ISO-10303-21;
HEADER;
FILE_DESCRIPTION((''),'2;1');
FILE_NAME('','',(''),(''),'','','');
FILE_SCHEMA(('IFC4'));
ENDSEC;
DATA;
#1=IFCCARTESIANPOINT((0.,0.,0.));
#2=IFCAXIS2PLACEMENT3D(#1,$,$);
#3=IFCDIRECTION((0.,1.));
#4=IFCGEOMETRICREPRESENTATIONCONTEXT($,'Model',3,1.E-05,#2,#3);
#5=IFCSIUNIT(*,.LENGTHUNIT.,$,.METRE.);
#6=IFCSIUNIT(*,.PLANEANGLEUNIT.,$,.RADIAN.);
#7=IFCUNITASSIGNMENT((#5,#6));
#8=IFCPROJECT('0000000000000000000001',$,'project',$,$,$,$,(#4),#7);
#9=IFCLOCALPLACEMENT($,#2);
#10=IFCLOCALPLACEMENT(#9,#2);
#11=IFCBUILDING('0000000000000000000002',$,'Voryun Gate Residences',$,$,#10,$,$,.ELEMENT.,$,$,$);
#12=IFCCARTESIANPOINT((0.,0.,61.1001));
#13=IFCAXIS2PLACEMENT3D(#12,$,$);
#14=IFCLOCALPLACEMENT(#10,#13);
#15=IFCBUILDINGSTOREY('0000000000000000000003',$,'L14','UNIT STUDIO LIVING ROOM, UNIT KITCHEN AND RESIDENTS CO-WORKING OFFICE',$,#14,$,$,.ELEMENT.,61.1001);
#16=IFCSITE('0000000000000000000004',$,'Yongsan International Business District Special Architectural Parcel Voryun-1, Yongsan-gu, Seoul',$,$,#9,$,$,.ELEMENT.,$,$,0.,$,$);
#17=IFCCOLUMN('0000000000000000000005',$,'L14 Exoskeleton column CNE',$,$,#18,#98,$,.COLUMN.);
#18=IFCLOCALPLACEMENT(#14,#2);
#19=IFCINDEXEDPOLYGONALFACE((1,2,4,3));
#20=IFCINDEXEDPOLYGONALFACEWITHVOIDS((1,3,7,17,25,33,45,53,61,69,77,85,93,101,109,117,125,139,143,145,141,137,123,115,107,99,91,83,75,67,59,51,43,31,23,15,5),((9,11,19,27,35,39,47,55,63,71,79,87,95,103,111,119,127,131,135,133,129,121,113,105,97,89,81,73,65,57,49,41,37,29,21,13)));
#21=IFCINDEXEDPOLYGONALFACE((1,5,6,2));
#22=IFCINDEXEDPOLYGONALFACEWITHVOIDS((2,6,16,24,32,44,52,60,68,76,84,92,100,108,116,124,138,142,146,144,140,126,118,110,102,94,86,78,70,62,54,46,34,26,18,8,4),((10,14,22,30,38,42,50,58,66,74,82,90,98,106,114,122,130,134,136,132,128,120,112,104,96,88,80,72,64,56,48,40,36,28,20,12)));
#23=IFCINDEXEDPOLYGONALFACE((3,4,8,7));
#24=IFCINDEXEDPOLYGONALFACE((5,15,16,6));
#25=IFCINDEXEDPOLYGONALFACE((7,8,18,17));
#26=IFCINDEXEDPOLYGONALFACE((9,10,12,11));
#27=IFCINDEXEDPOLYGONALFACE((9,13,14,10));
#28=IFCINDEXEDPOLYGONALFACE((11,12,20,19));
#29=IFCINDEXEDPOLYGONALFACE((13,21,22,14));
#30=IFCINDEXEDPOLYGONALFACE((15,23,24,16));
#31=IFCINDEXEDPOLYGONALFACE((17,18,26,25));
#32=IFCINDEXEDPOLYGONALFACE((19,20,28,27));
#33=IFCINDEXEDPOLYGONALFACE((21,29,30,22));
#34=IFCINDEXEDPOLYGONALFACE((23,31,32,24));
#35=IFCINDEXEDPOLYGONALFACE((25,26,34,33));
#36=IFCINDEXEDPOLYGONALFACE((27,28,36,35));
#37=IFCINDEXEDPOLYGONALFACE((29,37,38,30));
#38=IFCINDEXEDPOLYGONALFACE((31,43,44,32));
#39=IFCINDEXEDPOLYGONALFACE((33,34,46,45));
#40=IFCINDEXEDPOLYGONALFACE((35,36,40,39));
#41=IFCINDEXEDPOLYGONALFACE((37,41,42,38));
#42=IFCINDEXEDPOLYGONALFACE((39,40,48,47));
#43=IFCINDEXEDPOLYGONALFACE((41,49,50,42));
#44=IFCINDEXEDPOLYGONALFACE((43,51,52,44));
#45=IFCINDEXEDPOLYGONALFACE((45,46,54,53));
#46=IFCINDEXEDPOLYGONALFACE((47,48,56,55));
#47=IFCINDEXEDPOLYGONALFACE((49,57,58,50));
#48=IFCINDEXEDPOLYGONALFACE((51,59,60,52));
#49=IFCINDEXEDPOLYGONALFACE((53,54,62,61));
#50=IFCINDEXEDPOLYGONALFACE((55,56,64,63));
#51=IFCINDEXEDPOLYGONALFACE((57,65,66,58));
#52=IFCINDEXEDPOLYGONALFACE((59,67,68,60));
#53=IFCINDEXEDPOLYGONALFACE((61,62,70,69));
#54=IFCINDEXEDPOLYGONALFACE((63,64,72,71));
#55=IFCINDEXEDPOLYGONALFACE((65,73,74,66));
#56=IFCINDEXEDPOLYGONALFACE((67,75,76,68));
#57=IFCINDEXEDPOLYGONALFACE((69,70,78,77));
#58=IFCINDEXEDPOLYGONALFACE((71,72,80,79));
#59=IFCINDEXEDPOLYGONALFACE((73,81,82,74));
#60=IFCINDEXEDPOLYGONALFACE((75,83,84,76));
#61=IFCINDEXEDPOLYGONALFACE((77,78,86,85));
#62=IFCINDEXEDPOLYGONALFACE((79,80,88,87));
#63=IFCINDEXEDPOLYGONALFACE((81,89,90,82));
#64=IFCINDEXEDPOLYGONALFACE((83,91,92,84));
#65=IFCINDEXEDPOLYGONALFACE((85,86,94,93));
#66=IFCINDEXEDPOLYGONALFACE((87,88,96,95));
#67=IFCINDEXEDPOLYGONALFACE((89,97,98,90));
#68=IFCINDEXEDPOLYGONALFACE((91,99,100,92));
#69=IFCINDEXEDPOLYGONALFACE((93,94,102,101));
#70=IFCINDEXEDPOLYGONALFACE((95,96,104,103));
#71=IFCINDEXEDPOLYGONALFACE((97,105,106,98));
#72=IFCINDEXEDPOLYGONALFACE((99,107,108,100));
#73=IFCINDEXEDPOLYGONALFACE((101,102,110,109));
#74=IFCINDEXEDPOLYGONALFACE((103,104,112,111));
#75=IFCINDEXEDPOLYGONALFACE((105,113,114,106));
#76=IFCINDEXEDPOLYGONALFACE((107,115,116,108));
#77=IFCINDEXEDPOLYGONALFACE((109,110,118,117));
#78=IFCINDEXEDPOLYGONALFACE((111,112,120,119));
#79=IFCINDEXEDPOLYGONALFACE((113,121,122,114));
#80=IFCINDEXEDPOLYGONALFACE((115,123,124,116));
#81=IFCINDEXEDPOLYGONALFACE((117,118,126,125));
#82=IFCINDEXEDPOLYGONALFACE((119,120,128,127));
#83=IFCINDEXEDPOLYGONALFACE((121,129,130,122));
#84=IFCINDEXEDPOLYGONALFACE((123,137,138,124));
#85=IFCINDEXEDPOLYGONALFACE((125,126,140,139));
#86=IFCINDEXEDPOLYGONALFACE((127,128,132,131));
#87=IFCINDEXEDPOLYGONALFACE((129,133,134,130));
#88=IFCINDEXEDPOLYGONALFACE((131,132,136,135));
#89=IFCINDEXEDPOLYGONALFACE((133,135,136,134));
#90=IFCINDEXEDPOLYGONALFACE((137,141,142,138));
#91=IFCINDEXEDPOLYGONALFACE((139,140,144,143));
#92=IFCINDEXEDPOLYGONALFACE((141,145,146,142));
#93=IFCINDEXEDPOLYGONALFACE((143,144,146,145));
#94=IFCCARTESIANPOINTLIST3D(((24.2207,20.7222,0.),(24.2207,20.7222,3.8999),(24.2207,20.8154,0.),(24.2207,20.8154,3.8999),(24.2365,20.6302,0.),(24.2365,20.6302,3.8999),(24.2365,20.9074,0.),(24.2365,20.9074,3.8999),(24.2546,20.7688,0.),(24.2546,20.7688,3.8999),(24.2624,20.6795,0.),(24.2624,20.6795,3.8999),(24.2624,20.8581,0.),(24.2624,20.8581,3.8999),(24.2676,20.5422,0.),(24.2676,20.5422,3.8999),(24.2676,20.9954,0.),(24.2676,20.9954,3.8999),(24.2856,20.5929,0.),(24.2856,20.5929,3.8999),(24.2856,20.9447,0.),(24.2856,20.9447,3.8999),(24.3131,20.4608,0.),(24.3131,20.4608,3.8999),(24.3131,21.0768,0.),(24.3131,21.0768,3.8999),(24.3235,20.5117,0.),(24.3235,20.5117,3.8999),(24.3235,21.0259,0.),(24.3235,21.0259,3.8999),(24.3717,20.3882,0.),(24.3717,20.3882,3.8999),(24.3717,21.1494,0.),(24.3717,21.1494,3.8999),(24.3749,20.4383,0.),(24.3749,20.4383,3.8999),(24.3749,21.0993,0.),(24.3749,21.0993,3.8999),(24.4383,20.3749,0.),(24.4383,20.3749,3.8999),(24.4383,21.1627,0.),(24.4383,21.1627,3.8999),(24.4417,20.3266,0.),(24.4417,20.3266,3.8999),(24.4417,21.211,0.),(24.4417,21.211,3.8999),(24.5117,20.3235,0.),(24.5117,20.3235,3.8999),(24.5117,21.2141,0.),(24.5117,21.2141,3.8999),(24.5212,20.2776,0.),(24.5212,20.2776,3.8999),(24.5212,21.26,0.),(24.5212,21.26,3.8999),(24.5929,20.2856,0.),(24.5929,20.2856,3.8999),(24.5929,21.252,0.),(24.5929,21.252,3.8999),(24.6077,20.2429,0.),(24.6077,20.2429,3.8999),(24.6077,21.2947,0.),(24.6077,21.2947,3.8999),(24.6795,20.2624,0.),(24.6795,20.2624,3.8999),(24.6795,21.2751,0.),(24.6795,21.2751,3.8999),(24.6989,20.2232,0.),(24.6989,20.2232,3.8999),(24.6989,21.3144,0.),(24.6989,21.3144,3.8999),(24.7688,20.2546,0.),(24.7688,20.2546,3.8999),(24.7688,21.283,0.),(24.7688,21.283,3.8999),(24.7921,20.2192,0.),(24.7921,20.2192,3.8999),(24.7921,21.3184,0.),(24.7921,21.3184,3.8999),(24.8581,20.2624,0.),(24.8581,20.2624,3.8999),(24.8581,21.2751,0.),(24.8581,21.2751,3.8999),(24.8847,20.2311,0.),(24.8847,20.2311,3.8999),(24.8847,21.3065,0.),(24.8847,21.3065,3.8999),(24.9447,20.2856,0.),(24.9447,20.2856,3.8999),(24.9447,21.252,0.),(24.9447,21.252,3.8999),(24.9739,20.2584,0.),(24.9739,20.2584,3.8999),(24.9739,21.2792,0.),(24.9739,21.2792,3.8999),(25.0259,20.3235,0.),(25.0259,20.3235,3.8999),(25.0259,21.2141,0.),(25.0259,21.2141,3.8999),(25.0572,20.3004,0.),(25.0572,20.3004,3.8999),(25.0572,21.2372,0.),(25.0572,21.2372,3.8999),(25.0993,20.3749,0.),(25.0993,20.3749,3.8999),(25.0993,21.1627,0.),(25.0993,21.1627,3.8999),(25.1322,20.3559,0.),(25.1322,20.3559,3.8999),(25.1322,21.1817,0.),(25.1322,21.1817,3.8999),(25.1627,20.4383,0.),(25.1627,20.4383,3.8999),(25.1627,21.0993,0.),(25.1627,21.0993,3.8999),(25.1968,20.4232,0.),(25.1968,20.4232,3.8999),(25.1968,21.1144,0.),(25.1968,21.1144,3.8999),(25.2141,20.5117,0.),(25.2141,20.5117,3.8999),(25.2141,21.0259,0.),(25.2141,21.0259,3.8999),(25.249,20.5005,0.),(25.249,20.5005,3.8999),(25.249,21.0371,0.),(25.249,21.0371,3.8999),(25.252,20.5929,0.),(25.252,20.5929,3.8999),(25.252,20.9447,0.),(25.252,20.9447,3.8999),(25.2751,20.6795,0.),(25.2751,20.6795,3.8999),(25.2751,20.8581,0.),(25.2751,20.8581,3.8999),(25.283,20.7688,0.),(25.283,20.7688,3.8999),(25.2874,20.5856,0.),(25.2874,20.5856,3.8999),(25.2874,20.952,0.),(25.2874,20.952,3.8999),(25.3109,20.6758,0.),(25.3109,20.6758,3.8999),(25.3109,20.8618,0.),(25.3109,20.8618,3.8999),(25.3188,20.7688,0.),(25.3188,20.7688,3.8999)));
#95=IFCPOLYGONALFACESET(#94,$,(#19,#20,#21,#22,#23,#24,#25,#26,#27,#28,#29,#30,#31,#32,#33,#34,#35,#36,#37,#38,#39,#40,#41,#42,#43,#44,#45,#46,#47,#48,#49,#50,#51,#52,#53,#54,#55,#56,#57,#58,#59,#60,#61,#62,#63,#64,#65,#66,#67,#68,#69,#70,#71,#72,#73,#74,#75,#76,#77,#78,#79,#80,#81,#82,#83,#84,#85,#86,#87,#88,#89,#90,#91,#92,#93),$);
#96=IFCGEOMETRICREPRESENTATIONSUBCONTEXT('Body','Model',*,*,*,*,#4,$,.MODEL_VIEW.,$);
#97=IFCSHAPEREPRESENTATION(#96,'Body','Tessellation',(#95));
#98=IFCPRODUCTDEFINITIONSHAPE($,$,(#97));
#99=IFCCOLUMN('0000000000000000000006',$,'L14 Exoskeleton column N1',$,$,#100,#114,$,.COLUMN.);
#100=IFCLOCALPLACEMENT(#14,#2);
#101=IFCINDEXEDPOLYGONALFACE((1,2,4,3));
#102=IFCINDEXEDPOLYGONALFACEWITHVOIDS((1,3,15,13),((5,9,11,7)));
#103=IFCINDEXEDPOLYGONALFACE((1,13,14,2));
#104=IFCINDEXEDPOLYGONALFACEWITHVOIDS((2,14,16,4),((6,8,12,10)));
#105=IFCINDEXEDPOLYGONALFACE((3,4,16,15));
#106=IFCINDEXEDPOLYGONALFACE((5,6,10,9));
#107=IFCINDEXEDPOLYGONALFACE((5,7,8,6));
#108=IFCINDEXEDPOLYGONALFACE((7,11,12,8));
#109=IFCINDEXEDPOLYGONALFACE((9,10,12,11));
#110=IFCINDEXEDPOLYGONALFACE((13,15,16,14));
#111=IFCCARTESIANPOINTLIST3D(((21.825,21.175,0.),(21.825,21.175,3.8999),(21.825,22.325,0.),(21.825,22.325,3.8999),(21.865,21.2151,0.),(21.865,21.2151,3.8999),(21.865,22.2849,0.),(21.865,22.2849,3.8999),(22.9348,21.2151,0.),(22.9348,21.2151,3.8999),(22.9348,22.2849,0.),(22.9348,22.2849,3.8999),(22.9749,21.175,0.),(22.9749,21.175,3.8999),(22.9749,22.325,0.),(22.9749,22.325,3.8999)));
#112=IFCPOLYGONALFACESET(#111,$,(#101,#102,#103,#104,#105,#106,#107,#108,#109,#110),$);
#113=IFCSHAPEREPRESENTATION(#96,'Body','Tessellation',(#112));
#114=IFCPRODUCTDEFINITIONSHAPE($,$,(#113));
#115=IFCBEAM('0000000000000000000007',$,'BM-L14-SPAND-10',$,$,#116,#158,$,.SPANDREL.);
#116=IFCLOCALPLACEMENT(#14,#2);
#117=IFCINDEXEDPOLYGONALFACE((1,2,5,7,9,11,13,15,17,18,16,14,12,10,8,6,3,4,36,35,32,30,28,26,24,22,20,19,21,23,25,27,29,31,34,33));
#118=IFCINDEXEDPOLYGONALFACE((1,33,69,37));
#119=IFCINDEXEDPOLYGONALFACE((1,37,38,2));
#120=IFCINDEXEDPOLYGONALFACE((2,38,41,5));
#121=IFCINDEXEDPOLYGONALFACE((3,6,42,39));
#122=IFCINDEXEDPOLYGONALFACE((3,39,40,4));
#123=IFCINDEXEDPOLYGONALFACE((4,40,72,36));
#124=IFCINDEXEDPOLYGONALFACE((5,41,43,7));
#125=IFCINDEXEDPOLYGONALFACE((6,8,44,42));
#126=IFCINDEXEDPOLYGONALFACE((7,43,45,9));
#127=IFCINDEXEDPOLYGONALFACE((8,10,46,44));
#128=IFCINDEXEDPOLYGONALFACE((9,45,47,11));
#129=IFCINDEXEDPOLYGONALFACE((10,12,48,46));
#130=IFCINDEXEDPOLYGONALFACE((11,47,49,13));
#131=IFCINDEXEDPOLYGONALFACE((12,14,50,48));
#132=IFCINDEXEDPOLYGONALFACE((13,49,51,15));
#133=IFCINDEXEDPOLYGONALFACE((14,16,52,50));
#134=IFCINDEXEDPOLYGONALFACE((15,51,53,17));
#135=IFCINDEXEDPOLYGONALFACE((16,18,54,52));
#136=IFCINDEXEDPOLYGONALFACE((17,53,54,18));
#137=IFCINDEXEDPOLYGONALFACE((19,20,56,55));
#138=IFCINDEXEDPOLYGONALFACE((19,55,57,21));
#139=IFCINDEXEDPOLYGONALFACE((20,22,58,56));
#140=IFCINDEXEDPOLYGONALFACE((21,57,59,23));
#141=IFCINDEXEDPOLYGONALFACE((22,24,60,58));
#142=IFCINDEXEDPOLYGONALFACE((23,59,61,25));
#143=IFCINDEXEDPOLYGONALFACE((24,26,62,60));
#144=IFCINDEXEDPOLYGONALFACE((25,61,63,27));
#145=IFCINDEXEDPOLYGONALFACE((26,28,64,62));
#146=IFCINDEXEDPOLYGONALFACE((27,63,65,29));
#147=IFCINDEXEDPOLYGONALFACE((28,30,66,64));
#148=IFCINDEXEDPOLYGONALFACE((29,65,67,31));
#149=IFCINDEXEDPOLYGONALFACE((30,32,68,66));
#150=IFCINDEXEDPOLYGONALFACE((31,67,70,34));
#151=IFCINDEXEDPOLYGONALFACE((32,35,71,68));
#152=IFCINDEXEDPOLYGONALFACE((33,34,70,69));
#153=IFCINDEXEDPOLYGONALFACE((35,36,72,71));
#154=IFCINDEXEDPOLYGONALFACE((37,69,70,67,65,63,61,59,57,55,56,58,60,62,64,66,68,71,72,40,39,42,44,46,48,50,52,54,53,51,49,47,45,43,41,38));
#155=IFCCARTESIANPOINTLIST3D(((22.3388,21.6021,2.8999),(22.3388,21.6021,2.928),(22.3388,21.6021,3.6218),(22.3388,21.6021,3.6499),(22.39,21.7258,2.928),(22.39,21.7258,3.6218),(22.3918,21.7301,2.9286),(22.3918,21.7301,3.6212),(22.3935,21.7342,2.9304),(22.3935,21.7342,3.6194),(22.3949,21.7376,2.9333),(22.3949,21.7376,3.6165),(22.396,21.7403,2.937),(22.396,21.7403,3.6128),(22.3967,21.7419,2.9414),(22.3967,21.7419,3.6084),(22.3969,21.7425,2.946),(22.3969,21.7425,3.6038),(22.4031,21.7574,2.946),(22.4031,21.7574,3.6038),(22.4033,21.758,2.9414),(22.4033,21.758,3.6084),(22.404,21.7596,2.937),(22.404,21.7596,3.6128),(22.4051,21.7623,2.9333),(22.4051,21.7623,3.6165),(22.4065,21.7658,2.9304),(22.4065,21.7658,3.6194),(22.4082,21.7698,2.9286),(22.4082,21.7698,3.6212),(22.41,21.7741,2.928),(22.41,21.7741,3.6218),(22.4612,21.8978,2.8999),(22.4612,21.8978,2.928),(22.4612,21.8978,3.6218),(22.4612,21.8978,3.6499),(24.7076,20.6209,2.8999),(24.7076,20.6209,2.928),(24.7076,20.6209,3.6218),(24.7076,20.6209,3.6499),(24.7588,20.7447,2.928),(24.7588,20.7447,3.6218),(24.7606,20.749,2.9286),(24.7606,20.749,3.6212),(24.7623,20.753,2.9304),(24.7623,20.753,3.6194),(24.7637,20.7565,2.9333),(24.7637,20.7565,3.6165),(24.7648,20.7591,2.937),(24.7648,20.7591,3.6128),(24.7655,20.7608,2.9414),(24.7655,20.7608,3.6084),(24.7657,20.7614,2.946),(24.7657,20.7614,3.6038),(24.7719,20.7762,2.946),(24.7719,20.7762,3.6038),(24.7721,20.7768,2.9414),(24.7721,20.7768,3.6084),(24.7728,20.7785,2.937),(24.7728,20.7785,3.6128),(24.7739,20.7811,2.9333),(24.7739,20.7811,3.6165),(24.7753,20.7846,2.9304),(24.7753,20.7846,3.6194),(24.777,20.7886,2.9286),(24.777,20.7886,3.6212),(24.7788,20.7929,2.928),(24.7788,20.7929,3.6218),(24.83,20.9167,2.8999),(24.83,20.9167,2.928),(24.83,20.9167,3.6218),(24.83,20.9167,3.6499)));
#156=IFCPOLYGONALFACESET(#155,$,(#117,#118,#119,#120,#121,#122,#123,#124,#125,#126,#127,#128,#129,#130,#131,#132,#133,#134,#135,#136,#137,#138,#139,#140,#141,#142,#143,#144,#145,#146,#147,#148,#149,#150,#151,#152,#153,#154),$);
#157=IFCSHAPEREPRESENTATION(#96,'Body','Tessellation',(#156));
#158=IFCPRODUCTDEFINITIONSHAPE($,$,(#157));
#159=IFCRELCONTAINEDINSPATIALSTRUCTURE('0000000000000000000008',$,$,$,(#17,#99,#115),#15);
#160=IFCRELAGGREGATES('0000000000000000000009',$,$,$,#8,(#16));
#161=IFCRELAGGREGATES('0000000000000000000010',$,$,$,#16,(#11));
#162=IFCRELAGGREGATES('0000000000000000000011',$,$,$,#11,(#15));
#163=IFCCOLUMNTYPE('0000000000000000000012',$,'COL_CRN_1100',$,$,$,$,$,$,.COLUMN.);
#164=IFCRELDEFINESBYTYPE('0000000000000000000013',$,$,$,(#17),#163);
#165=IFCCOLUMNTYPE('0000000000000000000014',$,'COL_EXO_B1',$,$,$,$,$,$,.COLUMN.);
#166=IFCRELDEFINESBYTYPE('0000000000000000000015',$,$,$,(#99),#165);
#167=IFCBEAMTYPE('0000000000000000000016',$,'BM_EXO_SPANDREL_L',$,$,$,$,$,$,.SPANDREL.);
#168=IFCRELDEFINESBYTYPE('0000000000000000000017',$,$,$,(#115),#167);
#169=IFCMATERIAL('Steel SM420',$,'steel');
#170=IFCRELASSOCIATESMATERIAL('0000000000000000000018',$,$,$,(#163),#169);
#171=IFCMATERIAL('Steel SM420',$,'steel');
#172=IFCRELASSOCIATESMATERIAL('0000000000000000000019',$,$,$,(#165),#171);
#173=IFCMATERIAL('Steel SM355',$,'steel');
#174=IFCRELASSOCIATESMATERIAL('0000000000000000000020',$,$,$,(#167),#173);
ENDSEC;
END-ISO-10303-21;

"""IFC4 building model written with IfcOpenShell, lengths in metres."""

from ifc_helpers import new_model, si_unit, direction, frame, origin, origin_2d, place, context, subcontext, project, spatial, hollow_rectangle, hollow_circle, i_section, extrude, material, material_profile, profile_set, type_object, element, save


model = new_model("IFC4")

# Units and contexts
model_context = context("Model", 3, precision=1e-05, world=origin(), true_north=direction((0.0, 1.0)))
body_context = subcontext(model_context, "Body", "Model", "MODEL_VIEW")
ifc_project = project(units=[si_unit("LENGTHUNIT", "METRE"), si_unit("PLANEANGLEUNIT", "RADIAN")], contexts=[model_context])

# Site, building, storey
site_placement = place(None, origin())
site = spatial("IfcSite", under=ifc_project, at=site_placement, Name="Yongsan International Business District Special Architectural Parcel Voryun-1, Yongsan-gu, Seoul", CompositionType="ELEMENT", RefElevation=0.0)
building_placement = place(site_placement, origin())
building = spatial("IfcBuilding", under=site, at=building_placement, Name="Voryun Gate Residences", CompositionType="ELEMENT")
storey_placement = place(building_placement, frame((0.0, 0.0, 61.1001)))
storey = spatial("IfcBuildingStorey", under=building, at=storey_placement, Name="L14", Description="UNIT STUDIO LIVING ROOM, UNIT KITCHEN AND RESIDENTS CO-WORKING OFFICE", CompositionType="ELEMENT", Elevation=61.1001)

# Columns
ifc_material_1 = material(Name="Steel SM420", Category="steel")
ifc_material_profile_1 = material_profile(ifc_material_1, hollow_circle(Radius=0.55, WallThickness=0.0359, at=origin_2d()), Name="CHS-1100x36")
ifc_profile_set_1 = profile_set([ifc_material_profile_1], Name="Steel SM420")
column_type_1 = type_object("IfcColumnType", Name="COL_CRN_1100", PredefinedType="COLUMN", material=ifc_profile_set_1)
column_1_placement = place(storey_placement, frame((24.7688, 20.7688, 0.0), z_axis=(0.0, 0.0, 1.0), x_axis=(1.0, 0.0, 0.0)))
element("IfcColumn", 1, at=column_1_placement, inside=storey, type_object=column_type_1, Name="L14 Exoskeleton column CNE", PredefinedType="COLUMN", context=body_context, shape_type="SweptSolid", body=[
    extrude(hollow_circle(Radius=0.55, WallThickness=0.0359, at=origin_2d()), origin(), (0.0, 0.0, 1.0), 3.8999),
])
ifc_material_2 = material(Name="Steel SM420", Category="steel")
ifc_material_profile_2 = material_profile(ifc_material_2, hollow_rectangle(XDim=1.1499, YDim=1.1499, WallThickness=0.04, at=origin_2d()), Name="BOX-1150x1150x40")
ifc_profile_set_2 = profile_set([ifc_material_profile_2], Name="Steel SM420")
column_type_2 = type_object("IfcColumnType", Name="COL_EXO_B1", PredefinedType="COLUMN", material=ifc_profile_set_2)
column_2_placement = place(storey_placement, frame((22.3999, 21.75, 0.0), z_axis=(0.0, 0.0, 1.0), x_axis=(1.0, 0.0, 0.0)))
element("IfcColumn", 2, at=column_2_placement, inside=storey, type_object=column_type_2, Name="L14 Exoskeleton column N1", PredefinedType="COLUMN", context=body_context, shape_type="SweptSolid", body=[
    extrude(hollow_rectangle(XDim=1.1499, YDim=1.1499, WallThickness=0.04, at=origin_2d()), origin(), (0.0, 0.0, 1.0), 3.8999),
])

# Beam
ifc_material_3 = material(Name="Steel SM355", Category="steel")
ifc_material_profile_3 = material_profile(ifc_material_3, i_section(OverallWidth=0.3201, OverallDepth=0.75, WebThickness=0.0161, FlangeThickness=0.0281, FilletRadius=0.0181, at=origin_2d()), Name="H-750x320x16x28")
ifc_profile_set_3 = profile_set([ifc_material_profile_3], Name="Steel SM355")
beam_type = type_object("IfcBeamType", Name="BM_EXO_SPANDREL_L", PredefinedType="SPANDREL", material=ifc_profile_set_3)
beam_1_placement = place(storey_placement, frame((24.7688, 20.7688, 3.2749), z_axis=(-0.923883, 0.382674, 0.0), x_axis=(-0.382674, -0.923883, 0.0)))
element("IfcBeam", 3, at=beam_1_placement, inside=storey, type_object=beam_type, Name="BM-L14-SPAND-10", PredefinedType="SPANDREL", context=body_context, shape_type="SweptSolid", body=[
    extrude(i_section(OverallWidth=0.3201, OverallDepth=0.75, WebThickness=0.0161, FlangeThickness=0.0281, FilletRadius=0.0181, at=origin_2d()), origin(), (0.0, 0.0, 1.0), 2.564),
])

save(model, "model.ifc")
